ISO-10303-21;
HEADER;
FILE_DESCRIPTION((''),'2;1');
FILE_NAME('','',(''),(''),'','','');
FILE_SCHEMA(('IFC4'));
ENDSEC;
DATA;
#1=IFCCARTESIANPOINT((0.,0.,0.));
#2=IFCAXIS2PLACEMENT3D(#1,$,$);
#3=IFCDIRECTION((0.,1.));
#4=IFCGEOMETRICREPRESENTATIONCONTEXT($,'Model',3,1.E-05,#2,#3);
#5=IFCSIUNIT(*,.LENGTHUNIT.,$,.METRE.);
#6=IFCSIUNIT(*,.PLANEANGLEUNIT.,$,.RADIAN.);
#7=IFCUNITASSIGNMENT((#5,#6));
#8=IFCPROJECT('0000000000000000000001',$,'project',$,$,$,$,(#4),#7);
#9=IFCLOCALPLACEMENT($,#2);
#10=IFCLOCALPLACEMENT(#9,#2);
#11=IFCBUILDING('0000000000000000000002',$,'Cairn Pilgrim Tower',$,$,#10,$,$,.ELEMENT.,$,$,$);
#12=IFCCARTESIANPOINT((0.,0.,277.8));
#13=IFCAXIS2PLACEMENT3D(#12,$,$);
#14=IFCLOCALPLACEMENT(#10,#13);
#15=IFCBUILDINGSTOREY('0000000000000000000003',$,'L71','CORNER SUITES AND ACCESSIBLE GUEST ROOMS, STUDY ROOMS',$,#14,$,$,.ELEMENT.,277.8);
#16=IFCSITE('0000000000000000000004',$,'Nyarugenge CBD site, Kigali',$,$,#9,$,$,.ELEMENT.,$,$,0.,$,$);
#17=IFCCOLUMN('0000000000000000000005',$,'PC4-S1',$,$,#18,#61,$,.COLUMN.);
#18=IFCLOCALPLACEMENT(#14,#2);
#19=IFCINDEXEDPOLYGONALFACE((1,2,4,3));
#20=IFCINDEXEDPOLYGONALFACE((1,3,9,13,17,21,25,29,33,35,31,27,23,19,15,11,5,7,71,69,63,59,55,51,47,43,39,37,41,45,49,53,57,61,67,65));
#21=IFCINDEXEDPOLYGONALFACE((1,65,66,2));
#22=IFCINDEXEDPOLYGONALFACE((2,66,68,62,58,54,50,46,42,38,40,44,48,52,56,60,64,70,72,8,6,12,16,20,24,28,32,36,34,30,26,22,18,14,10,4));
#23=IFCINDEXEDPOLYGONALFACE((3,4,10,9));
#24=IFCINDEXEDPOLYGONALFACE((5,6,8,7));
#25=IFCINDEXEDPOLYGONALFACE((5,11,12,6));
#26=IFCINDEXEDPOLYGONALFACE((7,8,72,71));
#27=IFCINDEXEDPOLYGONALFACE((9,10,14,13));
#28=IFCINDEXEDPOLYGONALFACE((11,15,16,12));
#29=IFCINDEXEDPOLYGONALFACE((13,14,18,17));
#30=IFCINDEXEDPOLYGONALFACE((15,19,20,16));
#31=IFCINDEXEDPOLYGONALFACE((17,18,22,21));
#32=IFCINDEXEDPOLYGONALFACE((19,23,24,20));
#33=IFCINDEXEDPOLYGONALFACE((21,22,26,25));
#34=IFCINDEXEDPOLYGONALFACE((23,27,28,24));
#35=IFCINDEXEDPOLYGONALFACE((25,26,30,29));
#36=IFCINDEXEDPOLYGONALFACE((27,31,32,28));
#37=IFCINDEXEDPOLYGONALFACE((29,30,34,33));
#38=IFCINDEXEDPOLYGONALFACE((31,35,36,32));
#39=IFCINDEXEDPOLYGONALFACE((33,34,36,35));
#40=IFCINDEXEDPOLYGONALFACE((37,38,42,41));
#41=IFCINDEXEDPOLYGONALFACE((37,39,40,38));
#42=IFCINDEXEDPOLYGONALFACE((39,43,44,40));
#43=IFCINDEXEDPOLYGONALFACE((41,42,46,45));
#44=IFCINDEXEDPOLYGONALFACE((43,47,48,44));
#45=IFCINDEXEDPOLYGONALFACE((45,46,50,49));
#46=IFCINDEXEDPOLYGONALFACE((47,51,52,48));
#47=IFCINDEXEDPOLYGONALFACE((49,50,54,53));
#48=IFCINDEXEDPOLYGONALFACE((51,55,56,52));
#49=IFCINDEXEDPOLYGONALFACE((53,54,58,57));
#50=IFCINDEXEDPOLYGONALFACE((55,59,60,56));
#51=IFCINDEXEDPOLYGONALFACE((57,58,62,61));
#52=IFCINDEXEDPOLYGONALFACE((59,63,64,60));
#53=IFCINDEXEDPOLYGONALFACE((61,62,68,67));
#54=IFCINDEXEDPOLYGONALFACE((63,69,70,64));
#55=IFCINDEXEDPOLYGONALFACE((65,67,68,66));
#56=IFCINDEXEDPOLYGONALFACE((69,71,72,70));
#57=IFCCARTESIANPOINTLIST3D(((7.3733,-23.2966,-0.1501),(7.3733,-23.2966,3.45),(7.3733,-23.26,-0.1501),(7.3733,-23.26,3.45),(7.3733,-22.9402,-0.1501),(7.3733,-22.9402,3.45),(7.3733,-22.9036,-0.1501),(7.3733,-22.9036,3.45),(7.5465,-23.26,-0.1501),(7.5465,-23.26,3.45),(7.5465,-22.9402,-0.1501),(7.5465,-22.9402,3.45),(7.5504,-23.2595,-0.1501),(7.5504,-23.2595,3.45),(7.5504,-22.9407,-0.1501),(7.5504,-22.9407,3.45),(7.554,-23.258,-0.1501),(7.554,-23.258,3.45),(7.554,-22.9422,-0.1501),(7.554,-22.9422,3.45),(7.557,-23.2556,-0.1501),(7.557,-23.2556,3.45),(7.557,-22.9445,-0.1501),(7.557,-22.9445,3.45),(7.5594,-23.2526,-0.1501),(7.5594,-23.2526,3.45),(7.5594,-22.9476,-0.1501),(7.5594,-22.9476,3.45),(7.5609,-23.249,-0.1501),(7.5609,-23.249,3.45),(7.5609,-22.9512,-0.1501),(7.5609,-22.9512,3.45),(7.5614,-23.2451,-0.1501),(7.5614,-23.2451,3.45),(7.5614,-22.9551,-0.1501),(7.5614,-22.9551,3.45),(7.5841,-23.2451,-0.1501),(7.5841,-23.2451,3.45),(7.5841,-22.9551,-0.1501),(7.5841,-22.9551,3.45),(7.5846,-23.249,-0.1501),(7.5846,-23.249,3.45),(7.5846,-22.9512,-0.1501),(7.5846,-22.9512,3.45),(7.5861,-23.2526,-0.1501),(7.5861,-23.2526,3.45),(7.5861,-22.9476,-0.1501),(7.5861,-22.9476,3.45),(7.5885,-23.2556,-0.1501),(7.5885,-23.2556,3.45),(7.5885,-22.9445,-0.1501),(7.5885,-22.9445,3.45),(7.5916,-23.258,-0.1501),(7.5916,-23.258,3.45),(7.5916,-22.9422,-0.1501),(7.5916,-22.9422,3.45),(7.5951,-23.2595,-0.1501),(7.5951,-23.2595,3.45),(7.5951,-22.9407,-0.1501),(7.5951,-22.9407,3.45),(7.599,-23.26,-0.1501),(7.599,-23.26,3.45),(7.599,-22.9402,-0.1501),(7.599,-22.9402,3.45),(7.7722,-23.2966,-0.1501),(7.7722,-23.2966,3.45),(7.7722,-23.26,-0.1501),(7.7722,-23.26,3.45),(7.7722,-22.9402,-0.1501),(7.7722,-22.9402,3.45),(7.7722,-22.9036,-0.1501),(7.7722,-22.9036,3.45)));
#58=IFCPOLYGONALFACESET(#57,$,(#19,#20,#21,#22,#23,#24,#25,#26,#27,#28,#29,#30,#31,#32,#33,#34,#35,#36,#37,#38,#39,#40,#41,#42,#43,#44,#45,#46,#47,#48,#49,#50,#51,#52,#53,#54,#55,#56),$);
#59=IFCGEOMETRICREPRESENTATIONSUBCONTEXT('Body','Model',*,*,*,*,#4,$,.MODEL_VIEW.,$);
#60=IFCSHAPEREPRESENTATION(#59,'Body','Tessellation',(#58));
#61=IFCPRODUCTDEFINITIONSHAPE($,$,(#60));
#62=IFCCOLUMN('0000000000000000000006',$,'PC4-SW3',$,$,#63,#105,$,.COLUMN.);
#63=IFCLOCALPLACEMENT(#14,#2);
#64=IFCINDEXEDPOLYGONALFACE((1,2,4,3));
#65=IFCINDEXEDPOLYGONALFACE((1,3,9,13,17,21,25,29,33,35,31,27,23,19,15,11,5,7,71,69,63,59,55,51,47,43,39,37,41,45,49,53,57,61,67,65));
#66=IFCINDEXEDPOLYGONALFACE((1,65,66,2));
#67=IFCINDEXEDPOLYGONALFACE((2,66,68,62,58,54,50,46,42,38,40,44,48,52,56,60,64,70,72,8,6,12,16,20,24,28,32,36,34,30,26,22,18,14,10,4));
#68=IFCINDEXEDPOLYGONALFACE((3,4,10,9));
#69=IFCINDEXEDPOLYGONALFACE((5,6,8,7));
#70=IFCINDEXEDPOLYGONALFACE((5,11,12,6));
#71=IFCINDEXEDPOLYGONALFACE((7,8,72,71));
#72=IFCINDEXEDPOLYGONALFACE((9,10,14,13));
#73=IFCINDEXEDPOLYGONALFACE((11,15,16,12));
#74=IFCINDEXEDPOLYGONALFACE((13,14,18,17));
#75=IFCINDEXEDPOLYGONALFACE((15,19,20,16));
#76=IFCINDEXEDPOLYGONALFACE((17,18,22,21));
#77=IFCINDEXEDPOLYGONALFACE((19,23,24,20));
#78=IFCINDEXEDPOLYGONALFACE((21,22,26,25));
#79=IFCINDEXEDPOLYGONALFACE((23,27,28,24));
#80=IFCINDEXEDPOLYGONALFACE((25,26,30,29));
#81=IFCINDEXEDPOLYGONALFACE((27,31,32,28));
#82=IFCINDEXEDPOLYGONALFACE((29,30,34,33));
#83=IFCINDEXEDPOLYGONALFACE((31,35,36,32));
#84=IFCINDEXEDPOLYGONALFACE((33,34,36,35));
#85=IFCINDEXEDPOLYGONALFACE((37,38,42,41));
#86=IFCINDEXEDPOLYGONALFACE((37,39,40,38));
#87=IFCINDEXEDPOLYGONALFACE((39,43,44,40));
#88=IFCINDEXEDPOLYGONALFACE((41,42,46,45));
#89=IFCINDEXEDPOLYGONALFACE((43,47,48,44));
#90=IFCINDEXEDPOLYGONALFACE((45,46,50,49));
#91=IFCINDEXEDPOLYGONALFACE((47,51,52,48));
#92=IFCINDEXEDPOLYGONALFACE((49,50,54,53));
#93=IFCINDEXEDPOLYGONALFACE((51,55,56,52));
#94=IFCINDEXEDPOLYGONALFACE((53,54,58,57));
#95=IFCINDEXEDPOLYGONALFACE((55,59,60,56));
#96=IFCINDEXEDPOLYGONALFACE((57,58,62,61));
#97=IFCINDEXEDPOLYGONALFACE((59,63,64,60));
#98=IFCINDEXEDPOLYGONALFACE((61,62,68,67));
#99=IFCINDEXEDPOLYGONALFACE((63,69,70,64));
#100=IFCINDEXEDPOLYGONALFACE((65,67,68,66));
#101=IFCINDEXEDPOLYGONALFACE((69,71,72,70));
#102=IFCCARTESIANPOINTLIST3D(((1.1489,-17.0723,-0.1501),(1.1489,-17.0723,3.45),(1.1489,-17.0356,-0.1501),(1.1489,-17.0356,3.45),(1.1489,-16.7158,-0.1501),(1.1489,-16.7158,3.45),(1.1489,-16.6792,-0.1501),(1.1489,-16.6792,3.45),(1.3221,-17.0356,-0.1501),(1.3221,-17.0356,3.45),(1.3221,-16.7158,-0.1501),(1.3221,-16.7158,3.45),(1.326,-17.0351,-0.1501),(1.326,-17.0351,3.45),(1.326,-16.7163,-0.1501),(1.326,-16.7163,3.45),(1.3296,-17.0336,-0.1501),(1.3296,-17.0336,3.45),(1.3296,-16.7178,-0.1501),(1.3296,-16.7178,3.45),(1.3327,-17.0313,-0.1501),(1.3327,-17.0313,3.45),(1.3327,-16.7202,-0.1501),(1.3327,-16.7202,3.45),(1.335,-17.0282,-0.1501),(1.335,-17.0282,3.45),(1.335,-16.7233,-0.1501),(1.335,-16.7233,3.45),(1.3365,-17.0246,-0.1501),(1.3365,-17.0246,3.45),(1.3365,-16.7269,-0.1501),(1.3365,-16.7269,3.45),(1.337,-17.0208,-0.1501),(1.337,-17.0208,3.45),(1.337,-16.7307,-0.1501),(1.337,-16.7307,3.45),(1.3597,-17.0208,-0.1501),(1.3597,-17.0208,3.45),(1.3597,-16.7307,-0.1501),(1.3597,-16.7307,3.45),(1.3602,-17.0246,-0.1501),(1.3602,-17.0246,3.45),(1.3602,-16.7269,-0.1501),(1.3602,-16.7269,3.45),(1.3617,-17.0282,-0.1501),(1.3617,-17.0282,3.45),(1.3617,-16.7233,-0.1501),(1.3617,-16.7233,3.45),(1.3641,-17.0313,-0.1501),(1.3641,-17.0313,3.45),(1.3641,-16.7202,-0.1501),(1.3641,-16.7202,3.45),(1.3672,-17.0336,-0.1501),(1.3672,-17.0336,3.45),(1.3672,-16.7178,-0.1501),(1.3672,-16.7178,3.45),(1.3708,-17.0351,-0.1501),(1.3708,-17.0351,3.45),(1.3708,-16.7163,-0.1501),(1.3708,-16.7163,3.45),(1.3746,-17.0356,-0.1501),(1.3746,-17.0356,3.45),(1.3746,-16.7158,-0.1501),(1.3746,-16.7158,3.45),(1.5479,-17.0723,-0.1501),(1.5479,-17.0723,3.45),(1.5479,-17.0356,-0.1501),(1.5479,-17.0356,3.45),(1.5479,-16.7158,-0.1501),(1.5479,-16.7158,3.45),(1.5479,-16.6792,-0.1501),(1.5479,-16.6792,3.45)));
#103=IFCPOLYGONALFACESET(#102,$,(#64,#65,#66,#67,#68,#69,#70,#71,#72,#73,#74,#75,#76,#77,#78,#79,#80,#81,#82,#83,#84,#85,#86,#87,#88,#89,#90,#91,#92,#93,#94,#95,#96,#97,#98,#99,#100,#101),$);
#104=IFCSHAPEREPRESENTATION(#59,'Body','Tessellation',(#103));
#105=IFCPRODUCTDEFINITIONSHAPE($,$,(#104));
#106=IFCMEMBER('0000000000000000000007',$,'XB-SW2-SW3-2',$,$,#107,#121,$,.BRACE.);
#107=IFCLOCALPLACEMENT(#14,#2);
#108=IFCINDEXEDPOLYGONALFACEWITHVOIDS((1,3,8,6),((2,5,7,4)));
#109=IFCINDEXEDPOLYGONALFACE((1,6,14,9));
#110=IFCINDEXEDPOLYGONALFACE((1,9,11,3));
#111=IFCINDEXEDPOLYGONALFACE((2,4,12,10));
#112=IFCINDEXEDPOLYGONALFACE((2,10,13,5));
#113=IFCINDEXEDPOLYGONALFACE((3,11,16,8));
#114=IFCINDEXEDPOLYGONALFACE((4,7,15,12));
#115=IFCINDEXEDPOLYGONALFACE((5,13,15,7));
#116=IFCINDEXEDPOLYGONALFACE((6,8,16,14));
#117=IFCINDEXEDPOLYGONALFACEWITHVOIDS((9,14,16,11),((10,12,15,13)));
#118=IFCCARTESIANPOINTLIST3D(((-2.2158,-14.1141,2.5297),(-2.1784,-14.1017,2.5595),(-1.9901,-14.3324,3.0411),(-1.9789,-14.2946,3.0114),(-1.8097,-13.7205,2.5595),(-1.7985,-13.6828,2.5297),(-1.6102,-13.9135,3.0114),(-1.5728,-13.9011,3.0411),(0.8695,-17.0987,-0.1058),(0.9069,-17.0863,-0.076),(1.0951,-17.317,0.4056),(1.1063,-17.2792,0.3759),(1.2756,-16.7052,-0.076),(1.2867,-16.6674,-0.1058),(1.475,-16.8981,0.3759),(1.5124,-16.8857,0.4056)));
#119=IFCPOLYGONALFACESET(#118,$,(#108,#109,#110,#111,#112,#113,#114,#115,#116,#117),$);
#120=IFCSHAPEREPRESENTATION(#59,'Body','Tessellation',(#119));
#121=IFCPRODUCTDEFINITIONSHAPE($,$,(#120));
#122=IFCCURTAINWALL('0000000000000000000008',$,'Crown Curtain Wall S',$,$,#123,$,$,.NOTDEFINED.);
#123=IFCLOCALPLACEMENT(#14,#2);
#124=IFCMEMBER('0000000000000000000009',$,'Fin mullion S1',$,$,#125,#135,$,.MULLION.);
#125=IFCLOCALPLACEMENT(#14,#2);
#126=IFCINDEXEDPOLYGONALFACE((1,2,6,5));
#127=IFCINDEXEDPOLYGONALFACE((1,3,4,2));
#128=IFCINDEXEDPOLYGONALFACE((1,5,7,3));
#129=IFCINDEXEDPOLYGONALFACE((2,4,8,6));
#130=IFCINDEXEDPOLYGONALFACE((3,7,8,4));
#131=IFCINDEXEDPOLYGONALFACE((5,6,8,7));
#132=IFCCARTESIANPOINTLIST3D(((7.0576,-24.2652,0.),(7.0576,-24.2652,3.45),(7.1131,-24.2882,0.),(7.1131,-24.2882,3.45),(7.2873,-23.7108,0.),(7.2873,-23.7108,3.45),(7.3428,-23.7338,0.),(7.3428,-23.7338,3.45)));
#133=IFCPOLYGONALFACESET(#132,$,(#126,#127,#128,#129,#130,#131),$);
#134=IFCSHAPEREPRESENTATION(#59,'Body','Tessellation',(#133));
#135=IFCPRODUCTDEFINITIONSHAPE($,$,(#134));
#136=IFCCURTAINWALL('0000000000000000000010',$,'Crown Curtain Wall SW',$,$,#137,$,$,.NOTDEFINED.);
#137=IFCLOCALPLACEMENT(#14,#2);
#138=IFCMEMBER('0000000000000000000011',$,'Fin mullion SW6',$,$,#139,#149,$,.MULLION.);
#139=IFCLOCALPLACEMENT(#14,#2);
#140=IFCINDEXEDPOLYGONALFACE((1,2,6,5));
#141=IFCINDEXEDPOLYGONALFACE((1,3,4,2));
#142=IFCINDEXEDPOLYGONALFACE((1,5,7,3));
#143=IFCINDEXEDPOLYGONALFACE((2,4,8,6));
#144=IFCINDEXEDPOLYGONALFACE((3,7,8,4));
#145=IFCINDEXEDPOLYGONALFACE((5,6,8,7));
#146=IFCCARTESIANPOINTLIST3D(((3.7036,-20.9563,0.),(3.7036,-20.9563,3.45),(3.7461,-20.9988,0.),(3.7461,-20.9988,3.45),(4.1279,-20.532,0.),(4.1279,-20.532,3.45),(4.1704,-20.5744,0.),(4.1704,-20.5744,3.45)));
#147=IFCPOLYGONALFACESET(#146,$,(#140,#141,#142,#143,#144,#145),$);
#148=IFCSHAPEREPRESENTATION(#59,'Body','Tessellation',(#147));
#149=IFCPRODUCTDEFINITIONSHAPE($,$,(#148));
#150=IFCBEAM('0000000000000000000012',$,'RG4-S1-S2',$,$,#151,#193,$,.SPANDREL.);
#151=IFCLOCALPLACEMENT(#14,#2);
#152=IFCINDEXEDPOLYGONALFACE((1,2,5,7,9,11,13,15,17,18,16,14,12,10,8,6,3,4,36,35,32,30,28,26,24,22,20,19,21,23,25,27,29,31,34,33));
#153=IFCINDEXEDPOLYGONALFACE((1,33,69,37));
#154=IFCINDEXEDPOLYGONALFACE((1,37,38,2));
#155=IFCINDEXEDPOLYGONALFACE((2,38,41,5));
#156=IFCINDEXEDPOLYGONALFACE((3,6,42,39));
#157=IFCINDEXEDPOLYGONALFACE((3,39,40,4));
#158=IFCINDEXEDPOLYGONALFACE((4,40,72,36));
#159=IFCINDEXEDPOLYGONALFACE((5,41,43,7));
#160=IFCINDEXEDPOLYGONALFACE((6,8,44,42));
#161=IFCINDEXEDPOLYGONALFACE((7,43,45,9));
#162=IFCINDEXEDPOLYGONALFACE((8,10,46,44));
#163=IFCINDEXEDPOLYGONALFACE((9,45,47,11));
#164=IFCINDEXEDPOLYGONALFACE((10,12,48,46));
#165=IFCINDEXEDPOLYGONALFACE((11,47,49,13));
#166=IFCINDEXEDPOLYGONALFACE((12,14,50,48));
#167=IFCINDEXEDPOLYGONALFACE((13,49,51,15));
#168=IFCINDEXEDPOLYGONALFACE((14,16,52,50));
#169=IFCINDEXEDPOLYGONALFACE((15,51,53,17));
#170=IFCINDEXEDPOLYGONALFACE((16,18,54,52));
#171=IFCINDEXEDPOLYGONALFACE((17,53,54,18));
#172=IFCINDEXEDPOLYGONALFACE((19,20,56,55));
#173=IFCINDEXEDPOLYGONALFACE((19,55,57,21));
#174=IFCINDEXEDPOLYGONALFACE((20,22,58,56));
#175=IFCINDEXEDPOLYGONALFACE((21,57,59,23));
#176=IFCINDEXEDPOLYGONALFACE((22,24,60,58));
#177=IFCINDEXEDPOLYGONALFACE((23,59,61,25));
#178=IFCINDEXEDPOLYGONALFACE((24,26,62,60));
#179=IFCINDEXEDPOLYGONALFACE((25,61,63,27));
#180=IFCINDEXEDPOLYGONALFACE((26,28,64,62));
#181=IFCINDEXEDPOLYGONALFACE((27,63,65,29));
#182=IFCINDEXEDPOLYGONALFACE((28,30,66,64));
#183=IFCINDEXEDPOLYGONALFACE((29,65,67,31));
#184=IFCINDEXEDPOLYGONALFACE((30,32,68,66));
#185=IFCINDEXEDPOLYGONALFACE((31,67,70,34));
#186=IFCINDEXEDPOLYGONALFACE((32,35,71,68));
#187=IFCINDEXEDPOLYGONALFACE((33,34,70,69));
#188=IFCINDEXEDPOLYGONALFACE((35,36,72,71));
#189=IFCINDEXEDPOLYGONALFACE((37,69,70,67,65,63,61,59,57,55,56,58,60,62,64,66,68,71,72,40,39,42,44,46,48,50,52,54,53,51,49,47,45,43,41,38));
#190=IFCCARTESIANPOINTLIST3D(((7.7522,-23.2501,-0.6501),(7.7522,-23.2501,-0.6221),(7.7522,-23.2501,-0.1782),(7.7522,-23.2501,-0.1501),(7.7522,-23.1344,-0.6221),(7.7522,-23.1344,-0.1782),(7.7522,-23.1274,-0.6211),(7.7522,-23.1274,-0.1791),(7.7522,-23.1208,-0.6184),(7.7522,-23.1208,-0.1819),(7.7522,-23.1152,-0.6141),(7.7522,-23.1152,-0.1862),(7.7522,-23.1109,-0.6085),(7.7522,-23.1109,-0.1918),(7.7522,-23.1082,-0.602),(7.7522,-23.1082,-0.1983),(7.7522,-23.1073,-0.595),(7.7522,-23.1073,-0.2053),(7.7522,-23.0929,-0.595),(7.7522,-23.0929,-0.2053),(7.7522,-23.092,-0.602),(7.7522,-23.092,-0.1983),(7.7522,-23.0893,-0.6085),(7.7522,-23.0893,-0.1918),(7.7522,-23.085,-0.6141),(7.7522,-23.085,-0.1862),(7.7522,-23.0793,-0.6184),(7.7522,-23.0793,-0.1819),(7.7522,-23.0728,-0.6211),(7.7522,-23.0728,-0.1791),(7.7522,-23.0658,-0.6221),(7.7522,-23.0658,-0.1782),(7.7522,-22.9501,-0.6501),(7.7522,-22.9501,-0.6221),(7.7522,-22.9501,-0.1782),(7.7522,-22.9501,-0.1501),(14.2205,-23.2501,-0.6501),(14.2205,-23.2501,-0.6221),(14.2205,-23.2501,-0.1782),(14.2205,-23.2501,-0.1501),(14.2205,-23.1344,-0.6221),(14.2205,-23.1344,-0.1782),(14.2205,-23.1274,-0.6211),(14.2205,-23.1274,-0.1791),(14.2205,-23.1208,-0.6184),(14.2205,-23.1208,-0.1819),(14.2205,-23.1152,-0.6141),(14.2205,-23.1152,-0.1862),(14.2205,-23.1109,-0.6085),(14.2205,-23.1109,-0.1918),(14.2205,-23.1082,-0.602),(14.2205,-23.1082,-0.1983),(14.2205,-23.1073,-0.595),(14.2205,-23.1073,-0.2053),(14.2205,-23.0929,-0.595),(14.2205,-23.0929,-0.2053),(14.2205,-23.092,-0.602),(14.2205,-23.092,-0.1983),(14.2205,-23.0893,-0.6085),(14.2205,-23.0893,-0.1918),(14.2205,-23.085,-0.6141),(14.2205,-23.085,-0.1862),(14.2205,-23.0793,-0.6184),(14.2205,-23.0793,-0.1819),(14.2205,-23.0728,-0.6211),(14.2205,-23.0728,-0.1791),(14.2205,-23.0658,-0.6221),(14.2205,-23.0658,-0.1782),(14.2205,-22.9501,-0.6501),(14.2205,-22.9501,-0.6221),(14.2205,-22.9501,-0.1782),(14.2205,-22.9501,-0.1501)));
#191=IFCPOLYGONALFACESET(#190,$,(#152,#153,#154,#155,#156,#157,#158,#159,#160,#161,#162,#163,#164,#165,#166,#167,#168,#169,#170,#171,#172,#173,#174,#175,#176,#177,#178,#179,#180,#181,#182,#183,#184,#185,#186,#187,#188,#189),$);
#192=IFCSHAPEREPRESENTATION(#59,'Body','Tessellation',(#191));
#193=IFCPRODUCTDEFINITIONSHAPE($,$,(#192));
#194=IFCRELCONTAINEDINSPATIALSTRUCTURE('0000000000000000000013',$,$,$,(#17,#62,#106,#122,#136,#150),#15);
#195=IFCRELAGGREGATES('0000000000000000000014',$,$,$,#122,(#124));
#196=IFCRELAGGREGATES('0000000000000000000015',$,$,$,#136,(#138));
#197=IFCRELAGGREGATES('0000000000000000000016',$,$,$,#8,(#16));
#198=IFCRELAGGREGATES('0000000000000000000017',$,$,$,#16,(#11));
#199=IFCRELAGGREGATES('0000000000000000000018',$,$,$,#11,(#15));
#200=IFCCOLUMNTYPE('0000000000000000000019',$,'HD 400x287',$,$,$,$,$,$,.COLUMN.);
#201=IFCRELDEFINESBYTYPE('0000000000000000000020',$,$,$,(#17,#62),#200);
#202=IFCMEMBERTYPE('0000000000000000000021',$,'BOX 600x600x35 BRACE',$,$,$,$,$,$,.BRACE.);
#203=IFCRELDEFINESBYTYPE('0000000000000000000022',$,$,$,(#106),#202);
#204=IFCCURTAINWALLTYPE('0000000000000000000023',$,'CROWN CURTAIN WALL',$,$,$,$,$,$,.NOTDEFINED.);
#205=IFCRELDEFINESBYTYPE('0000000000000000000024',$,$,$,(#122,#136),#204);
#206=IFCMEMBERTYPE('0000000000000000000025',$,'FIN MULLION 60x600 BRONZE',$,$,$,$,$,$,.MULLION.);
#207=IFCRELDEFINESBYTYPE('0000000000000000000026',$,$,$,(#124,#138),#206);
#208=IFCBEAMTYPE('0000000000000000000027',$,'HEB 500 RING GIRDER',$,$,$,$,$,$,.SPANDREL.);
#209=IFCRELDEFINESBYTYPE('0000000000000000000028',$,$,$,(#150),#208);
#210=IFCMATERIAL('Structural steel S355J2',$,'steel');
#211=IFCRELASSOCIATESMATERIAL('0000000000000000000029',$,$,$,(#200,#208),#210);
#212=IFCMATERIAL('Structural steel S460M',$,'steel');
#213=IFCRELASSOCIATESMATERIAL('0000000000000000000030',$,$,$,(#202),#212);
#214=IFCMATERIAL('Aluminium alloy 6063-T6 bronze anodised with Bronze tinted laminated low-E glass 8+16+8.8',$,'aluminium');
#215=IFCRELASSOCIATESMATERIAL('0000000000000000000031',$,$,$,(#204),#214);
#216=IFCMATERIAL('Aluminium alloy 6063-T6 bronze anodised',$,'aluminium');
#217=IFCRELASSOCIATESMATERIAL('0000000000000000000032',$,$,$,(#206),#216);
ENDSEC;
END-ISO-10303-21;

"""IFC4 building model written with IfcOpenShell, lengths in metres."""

from ifc_helpers import new_model, si_unit, direction, frame, origin, origin_2d, place, context, subcontext, project, spatial, rectangle, hollow_rectangle, i_section, extrude, material, material_profile, profile_set, type_object, element, aggregate, save


model = new_model("IFC4")

# Units and contexts
model_context = context("Model", 3, precision=1e-05, world=origin(), true_north=direction((0.0, 1.0)))
body_context = subcontext(model_context, "Body", "Model", "MODEL_VIEW")
ifc_project = project(units=[si_unit("LENGTHUNIT", "METRE"), si_unit("PLANEANGLEUNIT", "RADIAN")], contexts=[model_context])

# Site, building, storey
site_placement = place(None, origin())
site = spatial("IfcSite", under=ifc_project, at=site_placement, Name="Nyarugenge CBD site, Kigali", CompositionType="ELEMENT", RefElevation=0.0)
building_placement = place(site_placement, origin())
building = spatial("IfcBuilding", under=site, at=building_placement, Name="Cairn Pilgrim Tower", CompositionType="ELEMENT")
storey_placement = place(building_placement, frame((0.0, 0.0, 277.8)))
storey = spatial("IfcBuildingStorey", under=building, at=storey_placement, Name="L71", Description="CORNER SUITES AND ACCESSIBLE GUEST ROOMS, STUDY ROOMS", CompositionType="ELEMENT", Elevation=277.8)

# Columns
ifc_material_1 = material(Name="Structural steel S355J2", Category="steel")
ifc_material_profile_1 = material_profile(ifc_material_1, i_section(OverallWidth=0.3989, OverallDepth=0.3931, WebThickness=0.0227, FlangeThickness=0.0366, FilletRadius=0.0149, at=origin_2d()), Name="HD 400x287")
ifc_profile_set_1 = profile_set([ifc_material_profile_1], Name="Structural steel S355J2")
column_type = type_object("IfcColumnType", Name="HD 400x287", PredefinedType="COLUMN", material=ifc_profile_set_1)
for number, where, z_axis, x_axis, name in (
    (1, (7.5728, -23.1001, -0.1501), (0.0, 0.0, 1.0), (1.0, 0.0, 0.0), "PC4-S1"),
    (2, (1.3484, -16.8757, -0.1501), (0.0, 0.0, 1.0), (1.0, 0.0, 0.0), "PC4-SW3"),
):
    element("IfcColumn", number, at=place(storey_placement, frame(where, z_axis=z_axis, x_axis=x_axis)), inside=storey, type_object=column_type, Name=name, PredefinedType="COLUMN", context=body_context, shape_type="SweptSolid", body=[
        extrude(i_section(OverallWidth=0.3989, OverallDepth=0.3931, WebThickness=0.0227, FlangeThickness=0.0366, FilletRadius=0.0149, at=origin_2d()), origin(), (0.0, 0.0, 1.0), 3.6001),
    ])

# Member
ifc_material_2 = material(Name="Structural steel S460M", Category="steel")
ifc_material_profile_2 = material_profile(ifc_material_2, hollow_rectangle(XDim=0.6001, YDim=0.6001, WallThickness=0.0349, at=origin_2d()), Name="BOX 600x600x35")
ifc_profile_set_2 = profile_set([ifc_material_profile_2], Name="Structural steel S460M")
member_type_1 = type_object("IfcMemberType", Name="BOX 600x600x35 BRACE", PredefinedType="BRACE", material=ifc_profile_set_2)
member_1_placement = place(storey_placement, frame((1.1909, -16.9922, 0.1499), z_axis=(-0.612497, 0.592528, 0.523218), x_axis=(-0.695294, -0.718726, 0.0)))
element("IfcMember", 3, at=member_1_placement, inside=storey, type_object=member_type_1, Name="XB-SW2-SW3-2", PredefinedType="BRACE", context=body_context, shape_type="SweptSolid", body=[
    extrude(hollow_rectangle(XDim=0.6001, YDim=0.6001, WallThickness=0.0349, at=origin_2d()), origin(), (0.0, 0.0, 1.0), 5.0371),
])

# Curtain walls, members
ifc_material_3 = material(Name="Aluminium alloy 6063-T6 bronze anodised with Bronze tinted laminated low-E glass 8+16+8.8", Category="aluminium")
curtain_wall_type = type_object("IfcCurtainWallType", Name="CROWN CURTAIN WALL", PredefinedType="NOTDEFINED", material=ifc_material_3)
curtain_wall_1_placement = place(storey_placement, origin())
curtain_wall_1 = element("IfcCurtainWall", 4, at=curtain_wall_1_placement, inside=storey, type_object=curtain_wall_type, Name="Crown Curtain Wall S", PredefinedType="NOTDEFINED")
ifc_material_4 = material(Name="Aluminium alloy 6063-T6 bronze anodised", Category="aluminium")
ifc_material_profile_3 = material_profile(ifc_material_4, rectangle(XDim=0.6001, YDim=0.0601, at=origin_2d()), Name="FIN MULLION 60x600 BRONZE")
ifc_profile_set_3 = profile_set([ifc_material_profile_3], Name="Aluminium alloy 6063-T6 bronze anodised")
member_type_2 = type_object("IfcMemberType", Name="FIN MULLION 60x600 BRONZE", PredefinedType="MULLION", material=ifc_profile_set_3)
member_2_placement = place(storey_placement, frame((7.2002, -23.9995, 0.0), z_axis=(0.0, 0.0, 1.0), x_axis=(-0.382683, -0.92388, 0.0)))
member_2 = element("IfcMember", 5, at=member_2_placement, type_object=member_type_2, Name="Fin mullion S1", PredefinedType="MULLION", context=body_context, shape_type="SweptSolid", body=[
    extrude(rectangle(XDim=0.6001, YDim=0.0601, at=origin_2d()), origin(), (0.0, 0.0, 1.0), 3.45),
])
aggregate(curtain_wall_1, [member_2])
curtain_wall_2_placement = place(storey_placement, origin())
curtain_wall_2 = element("IfcCurtainWall", 6, at=curtain_wall_2_placement, inside=storey, type_object=curtain_wall_type, Name="Crown Curtain Wall SW", PredefinedType="NOTDEFINED")
member_3_placement = place(storey_placement, frame((3.937, -20.7654, 0.0), z_axis=(0.0, 0.0, 1.0), x_axis=(-0.707107, -0.707107, 0.0)))
member_3 = element("IfcMember", 7, at=member_3_placement, type_object=member_type_2, Name="Fin mullion SW6", PredefinedType="MULLION", context=body_context, shape_type="SweptSolid", body=[
    extrude(rectangle(XDim=0.6001, YDim=0.0601, at=origin_2d()), origin(), (0.0, 0.0, 1.0), 3.45),
])

# Beam
ifc_material_profile_4 = material_profile(ifc_material_1, i_section(OverallWidth=0.3, OverallDepth=0.5, WebThickness=0.0144, FlangeThickness=0.0281, FilletRadius=0.0271, at=origin_2d()), Name="HEB 500")
ifc_profile_set_4 = profile_set([ifc_material_profile_4], Name="Structural steel S355J2")
beam_type_1 = type_object("IfcBeamType", Name="HEB 500 RING GIRDER", PredefinedType="SPANDREL", material=ifc_profile_set_4)
beam_1_placement = place(storey_placement, frame((7.7522, -23.1001, -0.4001), z_axis=(1.0, 0.0, 0.0), x_axis=(0.0, 1.0, 0.0)))
element("IfcBeam", 8, at=beam_1_placement, inside=storey, type_object=beam_type_1, Name="RG4-S1-S2", PredefinedType="SPANDREL", context=body_context, shape_type="SweptSolid", body=[
    extrude(i_section(OverallWidth=0.3, OverallDepth=0.5, WebThickness=0.0144, FlangeThickness=0.0281, FilletRadius=0.0271, at=origin_2d()), origin(), (0.0, 0.0, 1.0), 6.4683),
])

aggregate(curtain_wall_2, [member_3])

save(model, "model.ifc")
